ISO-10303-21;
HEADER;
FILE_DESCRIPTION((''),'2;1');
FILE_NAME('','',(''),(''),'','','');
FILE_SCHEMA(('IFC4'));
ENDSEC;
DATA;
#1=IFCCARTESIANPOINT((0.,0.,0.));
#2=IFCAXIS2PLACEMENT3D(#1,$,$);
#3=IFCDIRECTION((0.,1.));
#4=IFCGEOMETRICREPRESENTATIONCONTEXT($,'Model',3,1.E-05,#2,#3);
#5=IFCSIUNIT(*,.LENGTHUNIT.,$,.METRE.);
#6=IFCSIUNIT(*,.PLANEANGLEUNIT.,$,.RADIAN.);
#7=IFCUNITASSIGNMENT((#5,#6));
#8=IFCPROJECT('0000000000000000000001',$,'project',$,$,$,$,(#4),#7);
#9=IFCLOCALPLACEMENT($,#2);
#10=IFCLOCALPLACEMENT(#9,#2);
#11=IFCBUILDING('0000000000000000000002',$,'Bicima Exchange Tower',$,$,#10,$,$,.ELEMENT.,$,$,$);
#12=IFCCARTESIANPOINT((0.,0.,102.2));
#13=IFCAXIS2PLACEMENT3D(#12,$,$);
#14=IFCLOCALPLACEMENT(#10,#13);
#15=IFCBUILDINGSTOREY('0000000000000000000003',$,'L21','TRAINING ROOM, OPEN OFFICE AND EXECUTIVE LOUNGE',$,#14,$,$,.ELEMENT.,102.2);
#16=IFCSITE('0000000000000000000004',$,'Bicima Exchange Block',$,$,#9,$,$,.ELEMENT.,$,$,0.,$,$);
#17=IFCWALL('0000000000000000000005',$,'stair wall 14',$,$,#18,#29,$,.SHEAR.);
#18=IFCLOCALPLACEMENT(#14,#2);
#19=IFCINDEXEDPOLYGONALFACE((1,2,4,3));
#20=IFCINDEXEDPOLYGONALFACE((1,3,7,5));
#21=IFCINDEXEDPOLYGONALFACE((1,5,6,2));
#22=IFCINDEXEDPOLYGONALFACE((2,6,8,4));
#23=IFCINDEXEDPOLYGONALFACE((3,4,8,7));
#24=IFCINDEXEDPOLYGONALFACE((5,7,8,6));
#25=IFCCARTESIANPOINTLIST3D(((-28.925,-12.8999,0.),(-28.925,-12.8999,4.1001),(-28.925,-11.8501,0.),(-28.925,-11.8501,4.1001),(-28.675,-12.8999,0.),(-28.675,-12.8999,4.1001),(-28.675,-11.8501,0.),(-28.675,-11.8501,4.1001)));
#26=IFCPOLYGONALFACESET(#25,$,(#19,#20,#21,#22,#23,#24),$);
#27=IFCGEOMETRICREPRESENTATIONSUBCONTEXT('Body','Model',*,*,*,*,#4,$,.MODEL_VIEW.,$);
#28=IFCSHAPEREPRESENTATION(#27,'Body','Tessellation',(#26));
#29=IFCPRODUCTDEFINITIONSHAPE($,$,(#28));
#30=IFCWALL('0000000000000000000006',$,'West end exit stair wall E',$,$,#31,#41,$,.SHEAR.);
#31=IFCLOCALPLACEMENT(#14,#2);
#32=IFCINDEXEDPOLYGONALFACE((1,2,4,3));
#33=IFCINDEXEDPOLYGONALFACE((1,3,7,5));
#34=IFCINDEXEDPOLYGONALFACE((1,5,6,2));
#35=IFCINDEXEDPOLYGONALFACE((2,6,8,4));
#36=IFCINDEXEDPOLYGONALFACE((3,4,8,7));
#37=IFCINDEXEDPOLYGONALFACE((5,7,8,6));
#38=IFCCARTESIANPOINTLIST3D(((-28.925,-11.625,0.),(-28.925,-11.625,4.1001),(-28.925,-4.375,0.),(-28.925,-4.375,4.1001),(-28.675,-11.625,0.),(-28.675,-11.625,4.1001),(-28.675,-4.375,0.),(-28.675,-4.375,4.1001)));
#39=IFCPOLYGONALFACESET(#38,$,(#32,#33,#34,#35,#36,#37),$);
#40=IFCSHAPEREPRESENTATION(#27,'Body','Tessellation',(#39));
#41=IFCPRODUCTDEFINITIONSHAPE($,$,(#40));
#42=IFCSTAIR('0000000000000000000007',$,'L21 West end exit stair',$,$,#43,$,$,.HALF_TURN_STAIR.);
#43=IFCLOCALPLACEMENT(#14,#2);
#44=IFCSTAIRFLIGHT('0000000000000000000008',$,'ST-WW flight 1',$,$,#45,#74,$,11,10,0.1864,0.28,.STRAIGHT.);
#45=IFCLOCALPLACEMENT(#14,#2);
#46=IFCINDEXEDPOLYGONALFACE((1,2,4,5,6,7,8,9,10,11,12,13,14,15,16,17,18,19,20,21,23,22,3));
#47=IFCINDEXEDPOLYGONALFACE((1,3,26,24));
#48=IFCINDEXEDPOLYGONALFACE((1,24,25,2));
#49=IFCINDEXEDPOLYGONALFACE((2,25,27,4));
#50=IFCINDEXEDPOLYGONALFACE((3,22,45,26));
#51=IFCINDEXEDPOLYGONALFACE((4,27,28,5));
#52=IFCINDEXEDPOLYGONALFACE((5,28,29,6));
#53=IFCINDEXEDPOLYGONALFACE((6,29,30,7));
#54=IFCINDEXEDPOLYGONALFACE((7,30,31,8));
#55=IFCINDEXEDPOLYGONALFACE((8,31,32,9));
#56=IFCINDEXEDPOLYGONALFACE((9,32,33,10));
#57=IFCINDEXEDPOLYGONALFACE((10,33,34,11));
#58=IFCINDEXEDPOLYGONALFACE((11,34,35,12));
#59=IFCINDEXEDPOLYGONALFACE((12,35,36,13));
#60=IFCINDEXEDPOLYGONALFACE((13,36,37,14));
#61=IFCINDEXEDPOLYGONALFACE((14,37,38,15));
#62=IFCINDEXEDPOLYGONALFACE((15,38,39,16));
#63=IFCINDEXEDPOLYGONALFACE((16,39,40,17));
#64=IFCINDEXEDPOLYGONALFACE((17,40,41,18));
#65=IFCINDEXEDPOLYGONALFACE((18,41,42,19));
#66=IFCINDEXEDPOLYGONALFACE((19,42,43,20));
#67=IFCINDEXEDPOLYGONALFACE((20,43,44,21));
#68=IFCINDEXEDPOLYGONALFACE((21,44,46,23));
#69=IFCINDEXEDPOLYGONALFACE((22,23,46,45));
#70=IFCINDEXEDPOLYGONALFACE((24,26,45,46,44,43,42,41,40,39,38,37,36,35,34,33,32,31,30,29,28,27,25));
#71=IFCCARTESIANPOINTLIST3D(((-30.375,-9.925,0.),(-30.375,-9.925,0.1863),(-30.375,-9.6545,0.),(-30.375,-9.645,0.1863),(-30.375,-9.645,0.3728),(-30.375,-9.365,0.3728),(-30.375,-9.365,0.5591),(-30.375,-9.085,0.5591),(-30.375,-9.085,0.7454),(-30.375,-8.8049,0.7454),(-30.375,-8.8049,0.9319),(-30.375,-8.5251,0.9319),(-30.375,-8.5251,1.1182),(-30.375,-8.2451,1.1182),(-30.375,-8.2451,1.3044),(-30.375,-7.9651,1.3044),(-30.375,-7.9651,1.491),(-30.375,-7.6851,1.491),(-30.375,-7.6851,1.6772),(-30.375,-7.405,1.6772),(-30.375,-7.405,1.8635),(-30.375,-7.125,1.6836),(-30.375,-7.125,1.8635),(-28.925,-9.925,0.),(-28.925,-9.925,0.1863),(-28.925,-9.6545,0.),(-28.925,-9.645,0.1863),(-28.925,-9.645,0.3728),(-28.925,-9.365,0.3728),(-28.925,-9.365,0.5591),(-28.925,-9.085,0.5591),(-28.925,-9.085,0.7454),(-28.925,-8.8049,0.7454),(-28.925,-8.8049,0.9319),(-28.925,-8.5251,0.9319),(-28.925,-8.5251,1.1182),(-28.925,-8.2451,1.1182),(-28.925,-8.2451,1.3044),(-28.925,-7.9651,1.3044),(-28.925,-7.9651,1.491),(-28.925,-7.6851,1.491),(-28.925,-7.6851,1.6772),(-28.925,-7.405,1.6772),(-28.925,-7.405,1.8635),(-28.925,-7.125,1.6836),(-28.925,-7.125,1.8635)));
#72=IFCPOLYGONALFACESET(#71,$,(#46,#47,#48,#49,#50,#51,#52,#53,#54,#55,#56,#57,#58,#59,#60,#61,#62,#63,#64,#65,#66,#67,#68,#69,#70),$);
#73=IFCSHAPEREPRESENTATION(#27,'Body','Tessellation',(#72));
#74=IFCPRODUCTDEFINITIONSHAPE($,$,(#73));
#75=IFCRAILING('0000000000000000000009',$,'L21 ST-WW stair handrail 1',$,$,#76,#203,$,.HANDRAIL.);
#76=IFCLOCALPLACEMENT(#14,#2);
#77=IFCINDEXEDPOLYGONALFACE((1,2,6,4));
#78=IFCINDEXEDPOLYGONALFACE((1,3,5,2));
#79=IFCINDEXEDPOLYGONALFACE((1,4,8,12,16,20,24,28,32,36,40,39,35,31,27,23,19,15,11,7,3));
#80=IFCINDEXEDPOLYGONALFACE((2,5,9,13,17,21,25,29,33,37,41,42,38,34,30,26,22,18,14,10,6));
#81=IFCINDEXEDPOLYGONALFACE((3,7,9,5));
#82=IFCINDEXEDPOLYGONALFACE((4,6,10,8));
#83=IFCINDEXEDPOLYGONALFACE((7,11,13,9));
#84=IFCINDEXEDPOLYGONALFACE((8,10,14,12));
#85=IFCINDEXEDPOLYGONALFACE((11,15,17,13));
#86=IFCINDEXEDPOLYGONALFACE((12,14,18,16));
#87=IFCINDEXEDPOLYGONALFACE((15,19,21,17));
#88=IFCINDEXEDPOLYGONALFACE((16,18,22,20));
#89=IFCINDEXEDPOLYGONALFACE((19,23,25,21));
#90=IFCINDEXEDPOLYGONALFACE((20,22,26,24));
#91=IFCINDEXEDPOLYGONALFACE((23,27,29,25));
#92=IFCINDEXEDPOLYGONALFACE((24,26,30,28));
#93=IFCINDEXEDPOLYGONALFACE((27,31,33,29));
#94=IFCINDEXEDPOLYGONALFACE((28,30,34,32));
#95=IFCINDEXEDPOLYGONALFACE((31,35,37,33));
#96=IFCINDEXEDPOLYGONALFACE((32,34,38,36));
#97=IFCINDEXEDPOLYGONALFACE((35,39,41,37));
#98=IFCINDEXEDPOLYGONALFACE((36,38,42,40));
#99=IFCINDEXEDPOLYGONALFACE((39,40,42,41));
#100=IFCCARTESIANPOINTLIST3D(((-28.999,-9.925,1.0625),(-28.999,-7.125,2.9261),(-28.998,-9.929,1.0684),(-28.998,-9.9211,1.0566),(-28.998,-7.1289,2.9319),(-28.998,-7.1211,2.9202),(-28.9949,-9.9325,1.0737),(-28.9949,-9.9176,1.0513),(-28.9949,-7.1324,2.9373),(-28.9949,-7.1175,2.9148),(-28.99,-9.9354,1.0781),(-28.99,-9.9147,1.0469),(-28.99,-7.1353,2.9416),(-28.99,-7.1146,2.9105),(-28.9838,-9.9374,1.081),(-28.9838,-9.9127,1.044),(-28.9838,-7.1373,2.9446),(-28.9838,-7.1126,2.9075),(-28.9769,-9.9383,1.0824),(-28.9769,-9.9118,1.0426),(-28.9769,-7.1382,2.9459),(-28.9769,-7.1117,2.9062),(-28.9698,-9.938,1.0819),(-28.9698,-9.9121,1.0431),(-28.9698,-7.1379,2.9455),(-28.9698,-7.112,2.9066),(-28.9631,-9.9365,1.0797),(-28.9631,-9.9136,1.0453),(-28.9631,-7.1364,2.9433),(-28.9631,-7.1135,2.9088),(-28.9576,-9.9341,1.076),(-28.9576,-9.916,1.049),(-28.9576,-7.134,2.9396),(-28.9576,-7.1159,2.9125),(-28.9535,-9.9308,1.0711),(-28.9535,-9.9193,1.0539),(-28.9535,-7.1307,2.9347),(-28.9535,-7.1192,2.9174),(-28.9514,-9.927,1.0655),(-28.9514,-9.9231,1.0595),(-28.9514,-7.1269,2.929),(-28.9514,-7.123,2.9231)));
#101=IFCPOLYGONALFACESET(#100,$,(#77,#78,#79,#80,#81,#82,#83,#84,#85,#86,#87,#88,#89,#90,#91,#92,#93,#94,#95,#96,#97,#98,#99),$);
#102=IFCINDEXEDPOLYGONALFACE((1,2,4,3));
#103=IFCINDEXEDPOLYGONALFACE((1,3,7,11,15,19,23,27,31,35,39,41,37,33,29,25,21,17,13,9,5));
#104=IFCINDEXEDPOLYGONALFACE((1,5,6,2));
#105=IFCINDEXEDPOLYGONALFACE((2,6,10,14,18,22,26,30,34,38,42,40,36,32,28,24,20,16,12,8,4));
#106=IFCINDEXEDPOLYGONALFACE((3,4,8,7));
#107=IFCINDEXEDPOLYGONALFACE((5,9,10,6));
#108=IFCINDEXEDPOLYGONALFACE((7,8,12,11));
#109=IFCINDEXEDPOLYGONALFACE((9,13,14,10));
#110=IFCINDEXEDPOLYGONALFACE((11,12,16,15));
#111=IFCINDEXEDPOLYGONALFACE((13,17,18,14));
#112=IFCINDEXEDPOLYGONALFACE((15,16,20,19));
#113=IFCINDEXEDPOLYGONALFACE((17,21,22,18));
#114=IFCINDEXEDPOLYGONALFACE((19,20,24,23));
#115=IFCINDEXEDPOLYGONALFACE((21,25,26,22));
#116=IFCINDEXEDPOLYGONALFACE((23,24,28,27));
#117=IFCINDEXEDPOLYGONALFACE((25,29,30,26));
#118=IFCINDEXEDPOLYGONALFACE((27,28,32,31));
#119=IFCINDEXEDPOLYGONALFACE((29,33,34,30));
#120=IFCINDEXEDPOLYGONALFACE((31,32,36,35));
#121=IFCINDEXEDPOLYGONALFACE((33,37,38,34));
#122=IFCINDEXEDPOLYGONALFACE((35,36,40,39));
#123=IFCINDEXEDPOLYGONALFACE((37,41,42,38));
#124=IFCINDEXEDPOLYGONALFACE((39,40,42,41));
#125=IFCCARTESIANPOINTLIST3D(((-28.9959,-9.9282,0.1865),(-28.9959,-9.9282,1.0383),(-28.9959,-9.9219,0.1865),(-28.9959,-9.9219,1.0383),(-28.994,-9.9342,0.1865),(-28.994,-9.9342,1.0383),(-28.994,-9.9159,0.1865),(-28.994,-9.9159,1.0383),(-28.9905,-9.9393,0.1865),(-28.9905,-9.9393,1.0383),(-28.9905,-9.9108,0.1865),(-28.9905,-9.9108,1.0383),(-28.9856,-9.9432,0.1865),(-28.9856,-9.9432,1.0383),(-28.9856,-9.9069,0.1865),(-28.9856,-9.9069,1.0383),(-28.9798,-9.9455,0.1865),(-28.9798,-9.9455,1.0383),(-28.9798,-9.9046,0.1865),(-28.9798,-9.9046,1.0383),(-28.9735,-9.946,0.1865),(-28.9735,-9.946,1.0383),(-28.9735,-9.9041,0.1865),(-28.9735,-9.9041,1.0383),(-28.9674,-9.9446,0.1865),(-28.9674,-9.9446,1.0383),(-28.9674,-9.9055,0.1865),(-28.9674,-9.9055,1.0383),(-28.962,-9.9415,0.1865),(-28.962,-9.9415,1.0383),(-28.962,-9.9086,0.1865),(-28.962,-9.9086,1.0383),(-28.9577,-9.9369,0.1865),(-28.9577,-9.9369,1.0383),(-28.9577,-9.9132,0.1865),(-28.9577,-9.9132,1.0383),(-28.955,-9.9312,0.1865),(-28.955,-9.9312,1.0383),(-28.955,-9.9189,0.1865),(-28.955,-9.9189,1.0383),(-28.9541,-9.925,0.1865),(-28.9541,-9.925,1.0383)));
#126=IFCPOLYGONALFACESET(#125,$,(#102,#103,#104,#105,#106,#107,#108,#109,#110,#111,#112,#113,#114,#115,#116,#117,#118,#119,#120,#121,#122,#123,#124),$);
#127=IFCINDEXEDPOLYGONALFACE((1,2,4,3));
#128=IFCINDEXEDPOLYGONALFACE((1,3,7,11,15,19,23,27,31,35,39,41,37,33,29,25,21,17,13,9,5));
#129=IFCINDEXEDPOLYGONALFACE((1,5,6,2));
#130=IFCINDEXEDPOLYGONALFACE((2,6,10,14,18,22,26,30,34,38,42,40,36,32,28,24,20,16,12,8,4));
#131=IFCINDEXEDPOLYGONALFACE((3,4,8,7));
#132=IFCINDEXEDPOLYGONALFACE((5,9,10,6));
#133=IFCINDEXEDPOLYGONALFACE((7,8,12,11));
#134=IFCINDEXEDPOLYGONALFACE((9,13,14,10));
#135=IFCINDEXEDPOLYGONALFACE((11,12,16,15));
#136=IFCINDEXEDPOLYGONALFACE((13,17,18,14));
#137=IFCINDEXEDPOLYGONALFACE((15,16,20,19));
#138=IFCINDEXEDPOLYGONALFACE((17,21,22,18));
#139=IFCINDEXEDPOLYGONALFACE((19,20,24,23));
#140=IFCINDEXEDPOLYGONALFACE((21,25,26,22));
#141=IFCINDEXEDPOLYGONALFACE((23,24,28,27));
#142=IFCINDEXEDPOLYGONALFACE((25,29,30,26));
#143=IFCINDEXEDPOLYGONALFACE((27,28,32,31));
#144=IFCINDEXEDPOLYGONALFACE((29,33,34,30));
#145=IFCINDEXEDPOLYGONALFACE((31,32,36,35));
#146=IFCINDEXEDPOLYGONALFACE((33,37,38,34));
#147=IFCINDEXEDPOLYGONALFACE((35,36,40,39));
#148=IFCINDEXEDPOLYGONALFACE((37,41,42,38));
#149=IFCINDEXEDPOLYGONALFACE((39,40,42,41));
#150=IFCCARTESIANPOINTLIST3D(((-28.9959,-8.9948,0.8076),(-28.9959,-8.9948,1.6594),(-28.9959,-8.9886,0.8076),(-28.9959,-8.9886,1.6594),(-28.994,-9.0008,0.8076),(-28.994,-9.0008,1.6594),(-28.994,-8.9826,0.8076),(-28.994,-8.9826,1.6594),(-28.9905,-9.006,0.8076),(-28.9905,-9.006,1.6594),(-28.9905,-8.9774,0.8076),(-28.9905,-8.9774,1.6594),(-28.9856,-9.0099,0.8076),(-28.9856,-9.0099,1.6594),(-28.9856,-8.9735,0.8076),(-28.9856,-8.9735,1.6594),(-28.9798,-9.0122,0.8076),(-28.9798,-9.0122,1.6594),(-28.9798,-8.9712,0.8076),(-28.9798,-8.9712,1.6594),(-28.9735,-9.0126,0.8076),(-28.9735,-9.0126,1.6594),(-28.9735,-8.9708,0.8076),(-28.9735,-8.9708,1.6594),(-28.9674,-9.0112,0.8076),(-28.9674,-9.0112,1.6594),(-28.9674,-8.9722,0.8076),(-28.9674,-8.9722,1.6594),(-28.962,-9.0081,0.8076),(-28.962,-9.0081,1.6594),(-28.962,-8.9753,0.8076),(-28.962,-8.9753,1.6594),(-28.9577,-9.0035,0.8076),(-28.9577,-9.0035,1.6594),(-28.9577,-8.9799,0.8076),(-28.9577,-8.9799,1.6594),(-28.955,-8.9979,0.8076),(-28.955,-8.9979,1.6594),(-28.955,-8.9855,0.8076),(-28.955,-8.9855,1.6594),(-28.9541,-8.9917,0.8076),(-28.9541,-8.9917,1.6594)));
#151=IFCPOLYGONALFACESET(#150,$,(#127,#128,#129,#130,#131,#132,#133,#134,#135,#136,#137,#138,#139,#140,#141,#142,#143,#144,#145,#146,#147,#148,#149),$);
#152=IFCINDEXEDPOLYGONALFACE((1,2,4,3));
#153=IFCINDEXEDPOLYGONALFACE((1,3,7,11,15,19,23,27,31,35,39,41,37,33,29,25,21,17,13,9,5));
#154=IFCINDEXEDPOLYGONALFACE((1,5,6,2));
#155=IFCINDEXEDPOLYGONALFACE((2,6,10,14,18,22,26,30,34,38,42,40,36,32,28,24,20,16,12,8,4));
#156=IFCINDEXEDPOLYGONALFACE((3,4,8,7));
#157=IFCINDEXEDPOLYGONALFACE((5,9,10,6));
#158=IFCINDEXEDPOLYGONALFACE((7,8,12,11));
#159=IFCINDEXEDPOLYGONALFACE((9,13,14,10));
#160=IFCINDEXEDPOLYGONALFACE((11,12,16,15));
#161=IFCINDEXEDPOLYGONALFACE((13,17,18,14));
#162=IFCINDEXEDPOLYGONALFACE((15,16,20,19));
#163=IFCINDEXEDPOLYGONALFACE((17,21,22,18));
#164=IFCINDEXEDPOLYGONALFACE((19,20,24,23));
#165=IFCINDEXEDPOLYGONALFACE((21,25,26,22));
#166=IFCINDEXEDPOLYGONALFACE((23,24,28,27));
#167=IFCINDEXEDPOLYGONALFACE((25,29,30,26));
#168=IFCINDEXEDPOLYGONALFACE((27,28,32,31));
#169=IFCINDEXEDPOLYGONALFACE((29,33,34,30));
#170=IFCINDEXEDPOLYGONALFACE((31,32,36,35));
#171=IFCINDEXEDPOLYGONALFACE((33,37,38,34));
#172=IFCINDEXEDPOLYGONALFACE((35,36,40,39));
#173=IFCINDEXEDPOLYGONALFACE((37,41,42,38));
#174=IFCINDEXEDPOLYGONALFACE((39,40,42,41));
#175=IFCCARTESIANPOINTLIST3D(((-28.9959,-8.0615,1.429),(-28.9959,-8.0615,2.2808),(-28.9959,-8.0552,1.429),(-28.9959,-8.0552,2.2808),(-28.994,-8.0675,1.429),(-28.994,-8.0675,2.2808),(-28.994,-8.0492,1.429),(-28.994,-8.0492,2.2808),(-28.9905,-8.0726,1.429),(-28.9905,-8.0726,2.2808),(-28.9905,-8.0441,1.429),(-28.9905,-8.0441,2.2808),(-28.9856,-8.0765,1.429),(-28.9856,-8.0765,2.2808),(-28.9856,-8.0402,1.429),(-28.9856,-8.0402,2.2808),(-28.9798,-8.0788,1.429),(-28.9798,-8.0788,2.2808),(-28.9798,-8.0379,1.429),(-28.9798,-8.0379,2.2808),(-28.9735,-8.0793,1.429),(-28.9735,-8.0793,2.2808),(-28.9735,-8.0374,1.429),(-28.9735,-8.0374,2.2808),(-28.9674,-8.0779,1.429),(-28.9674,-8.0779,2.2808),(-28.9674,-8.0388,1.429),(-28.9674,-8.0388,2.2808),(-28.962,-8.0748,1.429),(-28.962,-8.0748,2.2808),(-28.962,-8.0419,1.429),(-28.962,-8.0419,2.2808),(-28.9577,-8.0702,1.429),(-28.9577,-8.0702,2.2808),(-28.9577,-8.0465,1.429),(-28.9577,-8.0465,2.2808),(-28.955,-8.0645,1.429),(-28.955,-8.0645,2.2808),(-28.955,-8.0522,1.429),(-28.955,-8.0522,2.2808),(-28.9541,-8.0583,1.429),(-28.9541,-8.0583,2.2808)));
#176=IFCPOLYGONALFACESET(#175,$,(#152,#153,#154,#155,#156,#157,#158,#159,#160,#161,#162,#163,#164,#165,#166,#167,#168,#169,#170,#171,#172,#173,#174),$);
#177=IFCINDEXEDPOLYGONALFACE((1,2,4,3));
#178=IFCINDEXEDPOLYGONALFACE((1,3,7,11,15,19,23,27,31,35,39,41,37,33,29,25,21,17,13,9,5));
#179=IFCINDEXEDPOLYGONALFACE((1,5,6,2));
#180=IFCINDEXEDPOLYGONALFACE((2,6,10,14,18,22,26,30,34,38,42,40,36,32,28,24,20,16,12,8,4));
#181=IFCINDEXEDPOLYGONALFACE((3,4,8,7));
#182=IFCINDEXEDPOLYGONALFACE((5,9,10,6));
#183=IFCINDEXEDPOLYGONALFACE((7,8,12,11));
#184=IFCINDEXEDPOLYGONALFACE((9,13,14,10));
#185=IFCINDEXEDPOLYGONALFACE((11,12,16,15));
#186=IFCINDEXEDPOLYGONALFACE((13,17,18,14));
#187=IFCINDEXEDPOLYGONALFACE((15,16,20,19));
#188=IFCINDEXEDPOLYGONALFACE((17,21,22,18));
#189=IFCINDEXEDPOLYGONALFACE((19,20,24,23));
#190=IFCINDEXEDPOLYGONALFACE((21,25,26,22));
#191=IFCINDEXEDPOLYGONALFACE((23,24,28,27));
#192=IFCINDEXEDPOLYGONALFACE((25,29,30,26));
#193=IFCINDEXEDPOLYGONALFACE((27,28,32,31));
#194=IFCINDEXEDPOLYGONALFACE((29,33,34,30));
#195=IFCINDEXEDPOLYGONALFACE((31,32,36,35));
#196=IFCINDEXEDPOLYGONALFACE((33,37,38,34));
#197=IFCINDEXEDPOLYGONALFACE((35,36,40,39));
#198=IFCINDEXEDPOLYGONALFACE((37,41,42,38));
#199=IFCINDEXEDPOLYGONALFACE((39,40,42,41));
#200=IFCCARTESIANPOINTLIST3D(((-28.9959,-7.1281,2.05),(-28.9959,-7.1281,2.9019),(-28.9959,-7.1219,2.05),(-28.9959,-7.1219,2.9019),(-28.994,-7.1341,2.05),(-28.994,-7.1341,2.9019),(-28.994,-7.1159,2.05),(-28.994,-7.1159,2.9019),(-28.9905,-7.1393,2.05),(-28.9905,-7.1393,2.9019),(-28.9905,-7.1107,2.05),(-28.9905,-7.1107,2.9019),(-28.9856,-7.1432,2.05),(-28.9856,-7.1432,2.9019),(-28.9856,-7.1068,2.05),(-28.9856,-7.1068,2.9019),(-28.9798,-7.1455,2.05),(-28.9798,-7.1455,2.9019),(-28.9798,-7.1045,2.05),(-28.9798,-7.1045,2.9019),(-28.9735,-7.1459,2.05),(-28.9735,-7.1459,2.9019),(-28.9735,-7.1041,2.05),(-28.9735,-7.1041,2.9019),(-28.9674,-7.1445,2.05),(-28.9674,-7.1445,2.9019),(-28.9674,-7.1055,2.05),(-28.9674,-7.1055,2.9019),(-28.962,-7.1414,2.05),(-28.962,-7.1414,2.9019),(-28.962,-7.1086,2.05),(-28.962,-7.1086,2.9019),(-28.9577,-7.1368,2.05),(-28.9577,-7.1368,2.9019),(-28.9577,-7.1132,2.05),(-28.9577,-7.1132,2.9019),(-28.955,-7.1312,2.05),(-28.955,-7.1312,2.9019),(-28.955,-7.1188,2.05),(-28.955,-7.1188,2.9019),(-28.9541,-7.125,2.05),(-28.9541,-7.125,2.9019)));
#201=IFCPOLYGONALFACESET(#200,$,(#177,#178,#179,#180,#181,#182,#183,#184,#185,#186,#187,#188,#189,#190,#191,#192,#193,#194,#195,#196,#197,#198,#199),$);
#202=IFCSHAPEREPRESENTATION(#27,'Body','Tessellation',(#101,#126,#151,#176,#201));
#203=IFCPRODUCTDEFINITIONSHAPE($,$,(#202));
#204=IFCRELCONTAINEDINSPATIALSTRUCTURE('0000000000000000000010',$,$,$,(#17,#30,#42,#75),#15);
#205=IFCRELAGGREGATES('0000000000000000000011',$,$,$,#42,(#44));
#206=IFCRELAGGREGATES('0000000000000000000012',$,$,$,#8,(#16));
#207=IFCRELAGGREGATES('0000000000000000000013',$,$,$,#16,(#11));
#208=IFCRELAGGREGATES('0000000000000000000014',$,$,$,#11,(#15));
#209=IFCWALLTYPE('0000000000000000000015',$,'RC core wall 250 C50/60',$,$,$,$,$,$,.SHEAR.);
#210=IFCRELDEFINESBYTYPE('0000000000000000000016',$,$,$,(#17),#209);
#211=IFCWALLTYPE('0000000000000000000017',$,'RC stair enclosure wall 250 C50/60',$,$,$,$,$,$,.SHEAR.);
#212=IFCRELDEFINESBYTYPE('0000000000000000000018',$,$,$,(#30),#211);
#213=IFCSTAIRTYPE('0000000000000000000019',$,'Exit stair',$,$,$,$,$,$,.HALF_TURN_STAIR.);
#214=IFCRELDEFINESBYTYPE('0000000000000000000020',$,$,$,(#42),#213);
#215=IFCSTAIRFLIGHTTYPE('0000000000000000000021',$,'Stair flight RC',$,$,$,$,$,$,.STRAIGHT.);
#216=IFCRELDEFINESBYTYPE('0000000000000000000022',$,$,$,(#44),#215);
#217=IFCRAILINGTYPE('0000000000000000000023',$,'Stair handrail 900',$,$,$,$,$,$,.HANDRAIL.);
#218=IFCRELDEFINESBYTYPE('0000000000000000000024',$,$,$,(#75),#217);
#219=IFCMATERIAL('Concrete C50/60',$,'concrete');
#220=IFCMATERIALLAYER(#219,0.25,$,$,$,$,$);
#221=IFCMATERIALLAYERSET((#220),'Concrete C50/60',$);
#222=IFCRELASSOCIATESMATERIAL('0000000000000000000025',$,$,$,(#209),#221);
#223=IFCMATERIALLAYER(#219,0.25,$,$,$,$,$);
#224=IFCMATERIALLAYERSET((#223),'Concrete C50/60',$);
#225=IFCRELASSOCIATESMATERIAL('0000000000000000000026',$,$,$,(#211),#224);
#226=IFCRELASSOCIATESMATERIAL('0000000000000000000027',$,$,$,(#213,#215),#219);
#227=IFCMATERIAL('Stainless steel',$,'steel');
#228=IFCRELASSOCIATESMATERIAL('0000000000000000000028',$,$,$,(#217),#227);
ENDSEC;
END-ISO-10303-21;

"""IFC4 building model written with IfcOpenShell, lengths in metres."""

from ifc_helpers import new_model, si_unit, direction, frame, frame_2d, origin, origin_2d, place, context, subcontext, project, spatial, polyline, rectangle, circle, outline, extrude, material, layer, layer_set, type_object, element, aggregate, save


model = new_model("IFC4")

# Units and contexts
model_context = context("Model", 3, precision=1e-05, world=origin(), true_north=direction((0.0, 1.0)))
body_context = subcontext(model_context, "Body", "Model", "MODEL_VIEW")
ifc_project = project(units=[si_unit("LENGTHUNIT", "METRE"), si_unit("PLANEANGLEUNIT", "RADIAN")], contexts=[model_context])

# Site, building, storey
site_placement = place(None, origin())
site = spatial("IfcSite", under=ifc_project, at=site_placement, Name="Bicima Exchange Block", CompositionType="ELEMENT", RefElevation=0.0)
building_placement = place(site_placement, origin())
building = spatial("IfcBuilding", under=site, at=building_placement, Name="Bicima Exchange Tower", CompositionType="ELEMENT")
storey_placement = place(building_placement, frame((0.0, 0.0, 102.2)))
storey = spatial("IfcBuildingStorey", under=building, at=storey_placement, Name="L21", Description="TRAINING ROOM, OPEN OFFICE AND EXECUTIVE LOUNGE", CompositionType="ELEMENT", Elevation=102.2)

# Walls
ifc_material_1 = material(Name="Concrete C50/60", Category="concrete")
ifc_layer_1 = layer(ifc_material_1, 0.25)
ifc_layer_set_1 = layer_set([ifc_layer_1], Name="Concrete C50/60")
wall_type_1 = type_object("IfcWallType", Name="RC core wall 250 C50/60", PredefinedType="SHEAR", material=ifc_layer_set_1)
wall_1_placement = place(storey_placement, frame((-28.8, -12.8999, 0.0), z_axis=(0.0, 0.0, 1.0), x_axis=(0.0, 1.0, 0.0)))
element("IfcWall", 1, at=wall_1_placement, inside=storey, type_object=wall_type_1, Name="stair wall 14", PredefinedType="SHEAR", context=body_context, shape_type="SweptSolid", body=[
    extrude(rectangle(XDim=1.0498, YDim=0.25, at=frame_2d((0.5249, 0.0))), origin(), (0.0, 0.0, 1.0), 4.1001),
])
ifc_layer_2 = layer(ifc_material_1, 0.25)
ifc_layer_set_2 = layer_set([ifc_layer_2], Name="Concrete C50/60")
wall_type_2 = type_object("IfcWallType", Name="RC stair enclosure wall 250 C50/60", PredefinedType="SHEAR", material=ifc_layer_set_2)
wall_2_placement = place(storey_placement, frame((-28.8, -11.625, 0.0), z_axis=(0.0, 0.0, 1.0), x_axis=(0.0, 1.0, 0.0)))
element("IfcWall", 2, at=wall_2_placement, inside=storey, type_object=wall_type_2, Name="West end exit stair wall E", PredefinedType="SHEAR", context=body_context, shape_type="SweptSolid", body=[
    extrude(rectangle(XDim=7.25, YDim=0.25, at=frame_2d((3.625, 0.0))), origin(), (0.0, 0.0, 1.0), 4.1001),
])

# Stair, stair flight
stair_type = type_object("IfcStairType", Name="Exit stair", PredefinedType="HALF_TURN_STAIR", material=ifc_material_1)
stair_placement = place(storey_placement, origin())
stair = element("IfcStair", 3, at=stair_placement, inside=storey, type_object=stair_type, Name="L21 West end exit stair", PredefinedType="HALF_TURN_STAIR")
stair_flight_type = type_object("IfcStairFlightType", Name="Stair flight RC", PredefinedType="STRAIGHT", material=ifc_material_1)
stair_flight_placement = place(storey_placement, frame((-29.6499, -9.925, 0.0), z_axis=(0.0, 0.0, 1.0), x_axis=(0.0, 1.0, 0.0)))
stair_flight = element("IfcStairFlight", 4, at=stair_flight_placement, type_object=stair_flight_type, Name="ST-WW flight 1", NumberOfRisers=11, NumberOfTreads=10, PredefinedType="STRAIGHT", RiserHeight=0.1864, TreadLength=0.28, context=body_context, shape_type="SweptSolid", body=[
    extrude(outline(polyline([(0.0, 0.0), (0.0, 0.1863), (0.28, 0.1863), (0.28, 0.3728), (0.5601, 0.3728), (0.5601, 0.5591), (0.8401, 0.5591), (0.8401, 0.7454), (1.1201, 0.7454), (1.1201, 0.9319), (1.3999, 0.9319), (1.3999, 1.1182), (1.6799, 1.1182), (1.6799, 1.3044), (1.96, 1.3044), (1.96, 1.491), (2.24, 1.491), (2.24, 1.6772), (2.52, 1.6772), (2.52, 1.8635), (2.8, 1.8635), (2.8, 2.05), (2.8, 1.6836), (0.2705, 0.0), (0.0, 0.0)])), frame((0.0, 0.7251, 0.0), z_axis=(0.0, -1.0, 0.0), x_axis=(1.0, 0.0, 0.0)), (0.0, 0.0, 1.0), 1.45),
])
aggregate(stair, [stair_flight])

# Railing
ifc_material_2 = material(Name="Stainless steel", Category="steel")
railing_type_1 = type_object("IfcRailingType", Name="Stair handrail 900", PredefinedType="HANDRAIL", material=ifc_material_2)
railing_1_placement = place(storey_placement, frame((-28.9751, -9.925, 0.1865)))
element("IfcRailing", 5, at=railing_1_placement, inside=storey, type_object=railing_type_1, Name="L21 ST-WW stair handrail 1", PredefinedType="HANDRAIL", context=body_context, shape_type="SweptSolid", body=[
    extrude(circle(Radius=0.0239, at=origin_2d()), frame((0.0, 0.0, 0.876), z_axis=(0.0, 0.832486, 0.554047), x_axis=(-1.0, 0.0, 0.0)), (0.0, 0.0, 1.0), 3.3635),
    extrude(circle(Radius=0.021, at=origin_2d()), origin(), (0.0, 0.0, 1.0), 0.8518),
    extrude(circle(Radius=0.021, at=origin_2d()), frame((0.0, 0.9333, 0.6211)), (0.0, 0.0, 1.0), 0.8518),
    extrude(circle(Radius=0.021, at=origin_2d()), frame((0.0, 1.8667, 1.2424)), (0.0, 0.0, 1.0), 0.8518),
    extrude(circle(Radius=0.021, at=origin_2d()), frame((0.0, 2.8, 1.8635)), (0.0, 0.0, 1.0), 0.8518),
])

save(model, "model.ifc")
